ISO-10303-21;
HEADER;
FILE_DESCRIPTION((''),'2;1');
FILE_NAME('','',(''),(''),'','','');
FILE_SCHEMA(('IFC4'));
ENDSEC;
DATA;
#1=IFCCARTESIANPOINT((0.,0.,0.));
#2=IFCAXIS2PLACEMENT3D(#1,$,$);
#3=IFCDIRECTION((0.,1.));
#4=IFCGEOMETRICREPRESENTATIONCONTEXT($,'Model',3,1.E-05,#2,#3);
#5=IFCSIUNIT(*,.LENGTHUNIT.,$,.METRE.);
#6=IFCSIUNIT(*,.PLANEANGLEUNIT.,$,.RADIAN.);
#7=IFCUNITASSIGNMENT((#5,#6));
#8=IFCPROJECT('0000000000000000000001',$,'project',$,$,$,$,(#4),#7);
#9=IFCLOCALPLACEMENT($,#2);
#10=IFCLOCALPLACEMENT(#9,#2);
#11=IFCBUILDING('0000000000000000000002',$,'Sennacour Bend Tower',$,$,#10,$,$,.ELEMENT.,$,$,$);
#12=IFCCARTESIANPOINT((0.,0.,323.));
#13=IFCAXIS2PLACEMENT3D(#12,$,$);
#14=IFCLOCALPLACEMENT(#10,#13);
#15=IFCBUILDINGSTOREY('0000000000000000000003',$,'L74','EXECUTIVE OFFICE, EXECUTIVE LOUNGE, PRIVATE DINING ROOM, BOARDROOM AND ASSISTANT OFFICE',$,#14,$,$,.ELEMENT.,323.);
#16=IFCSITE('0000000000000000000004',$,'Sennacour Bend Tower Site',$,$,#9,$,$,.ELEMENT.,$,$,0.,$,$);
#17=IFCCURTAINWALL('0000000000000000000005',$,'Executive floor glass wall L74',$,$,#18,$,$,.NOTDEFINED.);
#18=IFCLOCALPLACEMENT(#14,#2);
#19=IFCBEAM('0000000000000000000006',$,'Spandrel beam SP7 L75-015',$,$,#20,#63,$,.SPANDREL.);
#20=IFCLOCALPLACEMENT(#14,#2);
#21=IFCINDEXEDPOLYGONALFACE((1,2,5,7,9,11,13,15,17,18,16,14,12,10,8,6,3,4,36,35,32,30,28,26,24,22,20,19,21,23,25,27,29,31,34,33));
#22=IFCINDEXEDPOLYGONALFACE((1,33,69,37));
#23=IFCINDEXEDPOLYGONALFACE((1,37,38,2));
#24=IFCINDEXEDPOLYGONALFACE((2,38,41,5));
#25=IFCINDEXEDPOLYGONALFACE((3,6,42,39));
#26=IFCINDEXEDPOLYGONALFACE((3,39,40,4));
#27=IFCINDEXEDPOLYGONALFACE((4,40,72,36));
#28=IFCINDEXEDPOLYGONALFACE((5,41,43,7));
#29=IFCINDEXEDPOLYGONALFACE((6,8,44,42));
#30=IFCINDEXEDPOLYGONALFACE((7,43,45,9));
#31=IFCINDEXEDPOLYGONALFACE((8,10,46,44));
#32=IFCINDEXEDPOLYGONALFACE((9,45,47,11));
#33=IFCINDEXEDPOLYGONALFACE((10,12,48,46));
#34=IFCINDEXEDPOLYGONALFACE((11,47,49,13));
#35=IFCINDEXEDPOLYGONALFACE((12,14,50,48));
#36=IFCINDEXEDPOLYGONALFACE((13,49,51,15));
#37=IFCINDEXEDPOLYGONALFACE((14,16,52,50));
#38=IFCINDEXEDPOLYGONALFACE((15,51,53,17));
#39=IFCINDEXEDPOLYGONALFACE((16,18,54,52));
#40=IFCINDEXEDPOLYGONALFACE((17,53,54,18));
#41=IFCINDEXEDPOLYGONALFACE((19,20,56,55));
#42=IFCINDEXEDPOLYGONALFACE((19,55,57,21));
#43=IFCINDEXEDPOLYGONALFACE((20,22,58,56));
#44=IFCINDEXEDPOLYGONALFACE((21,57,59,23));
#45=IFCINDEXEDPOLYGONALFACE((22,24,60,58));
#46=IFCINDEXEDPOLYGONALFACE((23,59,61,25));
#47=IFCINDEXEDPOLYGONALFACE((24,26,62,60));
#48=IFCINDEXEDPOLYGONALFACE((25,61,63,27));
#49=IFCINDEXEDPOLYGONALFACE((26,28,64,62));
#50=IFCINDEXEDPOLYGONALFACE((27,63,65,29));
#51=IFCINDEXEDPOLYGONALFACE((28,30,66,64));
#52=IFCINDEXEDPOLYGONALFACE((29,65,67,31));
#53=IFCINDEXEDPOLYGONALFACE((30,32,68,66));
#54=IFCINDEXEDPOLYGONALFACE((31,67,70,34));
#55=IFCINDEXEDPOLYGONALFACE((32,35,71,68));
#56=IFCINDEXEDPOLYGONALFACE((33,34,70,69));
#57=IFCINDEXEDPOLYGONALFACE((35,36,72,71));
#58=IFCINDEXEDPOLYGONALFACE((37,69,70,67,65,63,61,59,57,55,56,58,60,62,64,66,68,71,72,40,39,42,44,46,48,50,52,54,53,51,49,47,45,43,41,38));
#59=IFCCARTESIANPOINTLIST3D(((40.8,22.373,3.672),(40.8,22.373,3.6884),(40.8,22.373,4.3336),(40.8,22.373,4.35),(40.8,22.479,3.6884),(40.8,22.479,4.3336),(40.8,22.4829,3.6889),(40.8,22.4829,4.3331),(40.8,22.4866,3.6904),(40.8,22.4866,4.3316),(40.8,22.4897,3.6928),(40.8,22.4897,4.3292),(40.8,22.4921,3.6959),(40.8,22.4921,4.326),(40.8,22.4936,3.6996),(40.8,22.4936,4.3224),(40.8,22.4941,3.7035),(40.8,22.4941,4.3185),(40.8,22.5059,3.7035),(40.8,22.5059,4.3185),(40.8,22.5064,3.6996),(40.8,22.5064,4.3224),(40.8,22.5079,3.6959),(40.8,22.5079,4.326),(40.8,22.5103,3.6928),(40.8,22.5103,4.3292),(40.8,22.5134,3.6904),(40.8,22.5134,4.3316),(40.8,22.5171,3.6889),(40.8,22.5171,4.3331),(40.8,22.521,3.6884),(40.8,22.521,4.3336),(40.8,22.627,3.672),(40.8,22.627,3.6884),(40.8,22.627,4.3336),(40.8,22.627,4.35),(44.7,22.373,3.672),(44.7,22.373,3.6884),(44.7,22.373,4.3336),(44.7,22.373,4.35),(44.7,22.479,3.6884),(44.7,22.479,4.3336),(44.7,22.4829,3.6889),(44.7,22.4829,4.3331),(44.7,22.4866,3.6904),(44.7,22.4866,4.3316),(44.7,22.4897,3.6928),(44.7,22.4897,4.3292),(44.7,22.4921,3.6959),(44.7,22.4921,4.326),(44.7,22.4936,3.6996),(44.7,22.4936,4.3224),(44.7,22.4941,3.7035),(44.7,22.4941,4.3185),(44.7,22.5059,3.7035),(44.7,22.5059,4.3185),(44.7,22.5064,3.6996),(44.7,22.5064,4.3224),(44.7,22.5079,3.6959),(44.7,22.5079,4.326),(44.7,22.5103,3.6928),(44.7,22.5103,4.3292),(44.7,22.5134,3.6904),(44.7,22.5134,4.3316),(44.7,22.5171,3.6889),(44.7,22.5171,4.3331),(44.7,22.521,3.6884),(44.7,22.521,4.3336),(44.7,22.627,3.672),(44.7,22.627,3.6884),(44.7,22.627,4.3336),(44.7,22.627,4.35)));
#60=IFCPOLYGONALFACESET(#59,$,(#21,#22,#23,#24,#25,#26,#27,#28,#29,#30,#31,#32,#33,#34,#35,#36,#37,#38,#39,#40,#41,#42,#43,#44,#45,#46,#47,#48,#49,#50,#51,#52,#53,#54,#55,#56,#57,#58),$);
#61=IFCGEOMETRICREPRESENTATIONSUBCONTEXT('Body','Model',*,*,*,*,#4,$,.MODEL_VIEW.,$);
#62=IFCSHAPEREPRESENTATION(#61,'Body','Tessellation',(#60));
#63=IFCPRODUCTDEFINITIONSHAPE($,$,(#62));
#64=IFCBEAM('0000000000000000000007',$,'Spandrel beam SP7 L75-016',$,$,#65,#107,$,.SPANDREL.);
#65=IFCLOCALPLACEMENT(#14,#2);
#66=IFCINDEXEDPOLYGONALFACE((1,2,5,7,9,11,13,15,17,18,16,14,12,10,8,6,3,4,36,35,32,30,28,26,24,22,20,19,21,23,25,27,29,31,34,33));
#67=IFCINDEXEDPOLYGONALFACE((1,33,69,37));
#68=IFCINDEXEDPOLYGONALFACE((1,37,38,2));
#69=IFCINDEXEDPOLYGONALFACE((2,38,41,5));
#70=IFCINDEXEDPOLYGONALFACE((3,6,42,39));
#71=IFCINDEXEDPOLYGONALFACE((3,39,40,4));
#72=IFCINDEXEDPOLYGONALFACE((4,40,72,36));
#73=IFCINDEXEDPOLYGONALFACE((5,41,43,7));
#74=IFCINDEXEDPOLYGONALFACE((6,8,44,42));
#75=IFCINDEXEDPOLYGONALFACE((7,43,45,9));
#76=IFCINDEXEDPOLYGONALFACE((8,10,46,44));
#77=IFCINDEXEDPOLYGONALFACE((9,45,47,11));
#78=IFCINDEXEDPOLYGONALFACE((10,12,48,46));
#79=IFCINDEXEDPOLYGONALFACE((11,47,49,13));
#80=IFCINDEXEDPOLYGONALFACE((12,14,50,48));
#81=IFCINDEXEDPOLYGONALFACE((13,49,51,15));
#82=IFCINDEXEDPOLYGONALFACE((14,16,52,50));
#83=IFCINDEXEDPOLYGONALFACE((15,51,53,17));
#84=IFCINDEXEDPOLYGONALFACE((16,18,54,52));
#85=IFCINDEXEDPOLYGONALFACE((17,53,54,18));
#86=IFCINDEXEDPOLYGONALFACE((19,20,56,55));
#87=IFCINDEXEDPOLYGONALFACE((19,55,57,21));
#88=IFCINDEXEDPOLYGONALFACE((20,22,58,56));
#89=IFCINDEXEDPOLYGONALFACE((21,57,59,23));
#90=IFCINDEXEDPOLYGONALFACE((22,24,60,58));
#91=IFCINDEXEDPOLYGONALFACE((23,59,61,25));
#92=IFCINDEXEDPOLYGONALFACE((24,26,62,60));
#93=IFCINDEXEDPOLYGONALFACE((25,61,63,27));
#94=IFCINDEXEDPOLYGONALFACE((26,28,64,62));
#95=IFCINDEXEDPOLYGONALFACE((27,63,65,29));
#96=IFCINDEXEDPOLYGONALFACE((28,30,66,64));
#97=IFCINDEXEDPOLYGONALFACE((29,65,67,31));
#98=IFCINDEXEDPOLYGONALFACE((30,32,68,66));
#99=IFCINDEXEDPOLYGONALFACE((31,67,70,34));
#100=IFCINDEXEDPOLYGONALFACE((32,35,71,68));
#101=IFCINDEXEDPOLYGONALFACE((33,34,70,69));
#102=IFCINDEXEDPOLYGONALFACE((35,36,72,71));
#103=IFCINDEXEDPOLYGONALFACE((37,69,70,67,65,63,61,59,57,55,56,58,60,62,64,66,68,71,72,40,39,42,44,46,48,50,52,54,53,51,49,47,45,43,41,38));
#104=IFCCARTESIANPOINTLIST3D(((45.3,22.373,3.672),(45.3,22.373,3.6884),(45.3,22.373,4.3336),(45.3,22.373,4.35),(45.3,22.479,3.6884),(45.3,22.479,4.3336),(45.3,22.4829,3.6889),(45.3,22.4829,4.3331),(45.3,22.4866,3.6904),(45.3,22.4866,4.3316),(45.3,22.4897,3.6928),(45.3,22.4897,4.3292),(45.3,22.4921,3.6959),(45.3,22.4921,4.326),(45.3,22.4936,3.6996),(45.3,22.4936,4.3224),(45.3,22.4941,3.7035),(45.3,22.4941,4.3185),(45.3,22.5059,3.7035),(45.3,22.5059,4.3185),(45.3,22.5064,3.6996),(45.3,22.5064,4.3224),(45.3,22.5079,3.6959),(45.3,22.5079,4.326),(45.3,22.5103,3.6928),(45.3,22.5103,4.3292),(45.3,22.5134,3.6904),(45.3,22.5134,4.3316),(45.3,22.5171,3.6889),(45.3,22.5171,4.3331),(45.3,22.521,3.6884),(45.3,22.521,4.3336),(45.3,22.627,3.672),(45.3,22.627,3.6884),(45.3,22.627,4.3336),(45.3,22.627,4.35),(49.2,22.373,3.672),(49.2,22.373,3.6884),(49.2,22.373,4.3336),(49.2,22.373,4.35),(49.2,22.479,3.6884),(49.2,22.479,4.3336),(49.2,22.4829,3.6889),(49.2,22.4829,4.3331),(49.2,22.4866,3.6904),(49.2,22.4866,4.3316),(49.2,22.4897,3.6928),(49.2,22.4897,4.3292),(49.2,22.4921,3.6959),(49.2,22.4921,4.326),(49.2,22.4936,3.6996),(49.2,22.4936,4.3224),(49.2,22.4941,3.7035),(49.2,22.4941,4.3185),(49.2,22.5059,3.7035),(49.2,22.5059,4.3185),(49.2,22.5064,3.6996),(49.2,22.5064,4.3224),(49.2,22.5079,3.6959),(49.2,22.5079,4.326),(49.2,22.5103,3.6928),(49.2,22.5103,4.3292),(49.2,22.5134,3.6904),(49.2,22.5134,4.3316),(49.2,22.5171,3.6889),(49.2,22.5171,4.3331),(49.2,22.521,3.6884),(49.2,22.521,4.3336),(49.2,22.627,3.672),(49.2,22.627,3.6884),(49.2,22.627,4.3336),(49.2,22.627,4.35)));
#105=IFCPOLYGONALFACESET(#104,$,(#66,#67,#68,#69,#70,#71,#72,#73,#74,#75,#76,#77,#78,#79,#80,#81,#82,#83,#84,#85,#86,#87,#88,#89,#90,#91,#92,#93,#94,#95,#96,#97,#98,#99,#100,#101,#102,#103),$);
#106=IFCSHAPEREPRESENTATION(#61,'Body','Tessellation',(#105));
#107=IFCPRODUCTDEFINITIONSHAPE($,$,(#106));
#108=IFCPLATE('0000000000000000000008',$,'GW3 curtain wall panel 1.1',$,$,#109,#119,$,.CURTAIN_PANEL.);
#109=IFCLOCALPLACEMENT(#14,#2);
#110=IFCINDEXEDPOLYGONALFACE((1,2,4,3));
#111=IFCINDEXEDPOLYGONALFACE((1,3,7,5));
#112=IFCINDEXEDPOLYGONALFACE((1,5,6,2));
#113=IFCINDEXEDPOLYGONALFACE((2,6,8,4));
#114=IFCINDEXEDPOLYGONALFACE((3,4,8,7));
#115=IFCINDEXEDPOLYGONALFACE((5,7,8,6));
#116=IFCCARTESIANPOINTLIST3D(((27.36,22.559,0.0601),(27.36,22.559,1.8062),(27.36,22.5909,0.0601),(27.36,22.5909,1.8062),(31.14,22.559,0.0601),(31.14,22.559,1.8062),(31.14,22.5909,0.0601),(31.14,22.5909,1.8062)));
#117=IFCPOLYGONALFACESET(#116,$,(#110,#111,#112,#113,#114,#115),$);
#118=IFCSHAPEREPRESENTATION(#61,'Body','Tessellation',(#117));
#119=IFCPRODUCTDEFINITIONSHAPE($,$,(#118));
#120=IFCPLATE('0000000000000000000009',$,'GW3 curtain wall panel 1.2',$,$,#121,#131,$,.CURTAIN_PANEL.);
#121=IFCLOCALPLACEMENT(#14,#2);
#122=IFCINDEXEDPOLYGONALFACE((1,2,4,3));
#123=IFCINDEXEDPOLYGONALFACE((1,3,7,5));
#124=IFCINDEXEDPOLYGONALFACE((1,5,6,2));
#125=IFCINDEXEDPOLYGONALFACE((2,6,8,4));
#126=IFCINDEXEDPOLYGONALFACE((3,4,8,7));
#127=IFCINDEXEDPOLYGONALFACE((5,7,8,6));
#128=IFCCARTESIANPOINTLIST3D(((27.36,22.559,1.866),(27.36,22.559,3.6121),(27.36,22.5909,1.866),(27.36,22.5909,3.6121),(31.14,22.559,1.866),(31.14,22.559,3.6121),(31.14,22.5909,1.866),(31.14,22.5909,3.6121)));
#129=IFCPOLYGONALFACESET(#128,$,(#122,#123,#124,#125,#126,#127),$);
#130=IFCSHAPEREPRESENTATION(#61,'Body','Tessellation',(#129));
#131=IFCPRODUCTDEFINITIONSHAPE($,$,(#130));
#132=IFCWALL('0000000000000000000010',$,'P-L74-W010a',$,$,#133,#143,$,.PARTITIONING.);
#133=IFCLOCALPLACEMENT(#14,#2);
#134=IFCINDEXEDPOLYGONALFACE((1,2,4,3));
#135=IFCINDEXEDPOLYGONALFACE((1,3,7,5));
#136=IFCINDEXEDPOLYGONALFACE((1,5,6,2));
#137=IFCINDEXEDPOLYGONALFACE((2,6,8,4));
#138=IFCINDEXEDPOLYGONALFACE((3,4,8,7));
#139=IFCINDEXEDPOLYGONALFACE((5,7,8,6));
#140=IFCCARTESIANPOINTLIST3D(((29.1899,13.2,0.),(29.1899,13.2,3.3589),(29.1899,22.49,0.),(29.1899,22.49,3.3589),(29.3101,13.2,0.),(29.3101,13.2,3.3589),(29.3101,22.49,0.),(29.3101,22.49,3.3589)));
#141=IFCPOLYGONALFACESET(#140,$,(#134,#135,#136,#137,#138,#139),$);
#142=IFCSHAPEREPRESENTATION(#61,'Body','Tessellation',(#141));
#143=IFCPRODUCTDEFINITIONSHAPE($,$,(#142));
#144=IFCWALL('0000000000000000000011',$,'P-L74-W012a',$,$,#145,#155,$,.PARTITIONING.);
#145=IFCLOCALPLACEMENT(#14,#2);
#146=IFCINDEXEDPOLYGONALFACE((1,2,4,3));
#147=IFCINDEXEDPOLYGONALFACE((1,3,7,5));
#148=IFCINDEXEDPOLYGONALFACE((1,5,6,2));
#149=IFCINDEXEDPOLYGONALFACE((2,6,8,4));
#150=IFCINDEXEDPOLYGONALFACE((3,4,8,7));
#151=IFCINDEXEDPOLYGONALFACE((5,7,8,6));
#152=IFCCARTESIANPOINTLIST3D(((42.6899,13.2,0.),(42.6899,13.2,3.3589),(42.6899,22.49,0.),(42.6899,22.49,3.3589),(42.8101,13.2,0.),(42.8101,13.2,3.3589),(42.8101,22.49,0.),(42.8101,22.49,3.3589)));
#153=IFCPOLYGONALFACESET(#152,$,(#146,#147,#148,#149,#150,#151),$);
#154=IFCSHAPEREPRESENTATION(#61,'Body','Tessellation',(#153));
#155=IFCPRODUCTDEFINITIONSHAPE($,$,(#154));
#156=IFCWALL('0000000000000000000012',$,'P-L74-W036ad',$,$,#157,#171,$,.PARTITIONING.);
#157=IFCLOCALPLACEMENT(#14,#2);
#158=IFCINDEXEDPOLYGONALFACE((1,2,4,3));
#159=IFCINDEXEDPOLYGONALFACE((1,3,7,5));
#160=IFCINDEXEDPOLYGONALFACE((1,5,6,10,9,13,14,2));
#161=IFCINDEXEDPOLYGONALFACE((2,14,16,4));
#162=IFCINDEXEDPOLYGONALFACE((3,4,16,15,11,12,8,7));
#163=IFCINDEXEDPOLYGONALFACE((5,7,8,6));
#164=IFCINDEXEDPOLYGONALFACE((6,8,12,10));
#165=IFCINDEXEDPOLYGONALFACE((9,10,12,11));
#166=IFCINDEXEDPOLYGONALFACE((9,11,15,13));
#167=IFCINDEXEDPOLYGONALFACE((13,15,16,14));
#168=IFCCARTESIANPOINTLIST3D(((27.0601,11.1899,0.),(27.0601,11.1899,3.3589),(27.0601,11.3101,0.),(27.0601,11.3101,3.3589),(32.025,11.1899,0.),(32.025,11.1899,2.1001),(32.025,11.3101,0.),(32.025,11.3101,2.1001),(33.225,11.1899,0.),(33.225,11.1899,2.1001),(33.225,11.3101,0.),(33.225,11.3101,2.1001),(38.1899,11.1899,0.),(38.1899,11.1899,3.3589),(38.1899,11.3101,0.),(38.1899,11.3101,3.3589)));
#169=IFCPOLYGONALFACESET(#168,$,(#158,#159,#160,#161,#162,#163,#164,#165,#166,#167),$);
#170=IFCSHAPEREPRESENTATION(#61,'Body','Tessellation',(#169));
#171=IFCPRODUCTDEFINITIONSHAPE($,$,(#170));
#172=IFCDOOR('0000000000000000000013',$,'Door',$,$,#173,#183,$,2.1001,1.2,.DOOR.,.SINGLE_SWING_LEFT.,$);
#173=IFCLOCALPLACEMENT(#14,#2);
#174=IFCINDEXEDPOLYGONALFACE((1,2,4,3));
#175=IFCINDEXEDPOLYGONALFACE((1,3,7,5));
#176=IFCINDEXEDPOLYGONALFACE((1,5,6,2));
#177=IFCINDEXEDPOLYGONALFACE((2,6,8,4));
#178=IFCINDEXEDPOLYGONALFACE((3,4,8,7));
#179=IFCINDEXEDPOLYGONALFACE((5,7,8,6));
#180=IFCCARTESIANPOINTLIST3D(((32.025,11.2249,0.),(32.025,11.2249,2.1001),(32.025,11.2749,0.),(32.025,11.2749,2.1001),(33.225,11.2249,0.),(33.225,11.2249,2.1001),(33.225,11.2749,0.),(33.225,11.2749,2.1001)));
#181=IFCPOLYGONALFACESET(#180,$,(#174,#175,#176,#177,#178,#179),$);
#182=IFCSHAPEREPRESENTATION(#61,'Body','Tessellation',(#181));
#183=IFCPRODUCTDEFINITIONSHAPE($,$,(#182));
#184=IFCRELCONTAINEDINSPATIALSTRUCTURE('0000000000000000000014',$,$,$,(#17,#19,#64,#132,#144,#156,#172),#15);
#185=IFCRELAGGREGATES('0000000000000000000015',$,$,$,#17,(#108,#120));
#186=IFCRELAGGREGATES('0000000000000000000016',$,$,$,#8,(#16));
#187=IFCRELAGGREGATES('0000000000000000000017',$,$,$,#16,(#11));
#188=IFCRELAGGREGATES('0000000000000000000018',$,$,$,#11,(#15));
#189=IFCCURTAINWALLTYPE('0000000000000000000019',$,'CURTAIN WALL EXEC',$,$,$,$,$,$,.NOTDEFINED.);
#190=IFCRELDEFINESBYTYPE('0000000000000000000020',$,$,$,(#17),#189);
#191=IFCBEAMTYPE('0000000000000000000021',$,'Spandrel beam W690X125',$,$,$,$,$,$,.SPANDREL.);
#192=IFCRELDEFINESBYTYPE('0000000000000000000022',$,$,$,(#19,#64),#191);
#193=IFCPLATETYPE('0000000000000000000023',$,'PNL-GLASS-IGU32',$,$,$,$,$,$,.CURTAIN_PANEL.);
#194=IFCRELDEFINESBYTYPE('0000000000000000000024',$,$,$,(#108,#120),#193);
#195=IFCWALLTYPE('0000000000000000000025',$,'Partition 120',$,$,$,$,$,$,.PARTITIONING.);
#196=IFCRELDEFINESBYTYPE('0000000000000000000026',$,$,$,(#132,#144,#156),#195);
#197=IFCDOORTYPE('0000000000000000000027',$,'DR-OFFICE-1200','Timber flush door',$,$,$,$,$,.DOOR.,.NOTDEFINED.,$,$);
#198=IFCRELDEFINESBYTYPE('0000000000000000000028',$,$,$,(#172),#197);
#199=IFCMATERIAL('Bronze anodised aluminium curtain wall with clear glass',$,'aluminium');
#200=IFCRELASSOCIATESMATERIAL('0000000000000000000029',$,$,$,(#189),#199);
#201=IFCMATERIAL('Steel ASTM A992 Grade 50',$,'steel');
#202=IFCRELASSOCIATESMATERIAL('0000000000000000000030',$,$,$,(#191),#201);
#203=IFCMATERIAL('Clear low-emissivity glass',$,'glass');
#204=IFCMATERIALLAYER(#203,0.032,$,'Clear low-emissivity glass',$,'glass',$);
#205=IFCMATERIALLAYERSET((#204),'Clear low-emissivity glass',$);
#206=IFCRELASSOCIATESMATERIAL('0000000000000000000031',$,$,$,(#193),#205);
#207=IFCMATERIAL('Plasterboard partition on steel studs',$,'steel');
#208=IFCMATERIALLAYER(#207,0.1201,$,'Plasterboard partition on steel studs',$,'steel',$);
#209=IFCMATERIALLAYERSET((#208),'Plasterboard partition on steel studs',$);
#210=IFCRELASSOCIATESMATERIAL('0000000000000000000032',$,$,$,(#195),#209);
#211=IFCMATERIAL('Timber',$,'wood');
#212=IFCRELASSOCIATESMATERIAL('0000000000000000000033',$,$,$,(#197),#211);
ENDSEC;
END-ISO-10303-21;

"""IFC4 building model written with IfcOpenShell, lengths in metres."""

from ifc_helpers import new_model, si_unit, direction, frame, frame_2d, origin, origin_2d, place, context, subcontext, project, spatial, rectangle, i_section, extrude, material, layer, layer_set, material_profile, profile_set, type_object, element, fill, aggregate, save


model = new_model("IFC4")

# Units and contexts
model_context = context("Model", 3, precision=1e-05, world=origin(), true_north=direction((0.0, 1.0)))
body_context = subcontext(model_context, "Body", "Model", "MODEL_VIEW")
ifc_project = project(units=[si_unit("LENGTHUNIT", "METRE"), si_unit("PLANEANGLEUNIT", "RADIAN")], contexts=[model_context])

# Site, building, storey
site_placement = place(None, origin())
site = spatial("IfcSite", under=ifc_project, at=site_placement, Name="Sennacour Bend Tower Site", CompositionType="ELEMENT", RefElevation=0.0)
building_placement = place(site_placement, origin())
building = spatial("IfcBuilding", under=site, at=building_placement, Name="Sennacour Bend Tower", CompositionType="ELEMENT")
storey_placement = place(building_placement, frame((0.0, 0.0, 323.0)))
storey = spatial("IfcBuildingStorey", under=building, at=storey_placement, Name="L74", Description="EXECUTIVE OFFICE, EXECUTIVE LOUNGE, PRIVATE DINING ROOM, BOARDROOM AND ASSISTANT OFFICE", CompositionType="ELEMENT", Elevation=323.0)

# Curtain wall
ifc_material_1 = material(Name="Bronze anodised aluminium curtain wall with clear glass", Category="aluminium")
curtain_wall_type = type_object("IfcCurtainWallType", Name="CURTAIN WALL EXEC", PredefinedType="NOTDEFINED", material=ifc_material_1)
curtain_wall_placement = place(storey_placement, origin())
curtain_wall = element("IfcCurtainWall", 1, at=curtain_wall_placement, inside=storey, type_object=curtain_wall_type, Name="Executive floor glass wall L74", PredefinedType="NOTDEFINED")

# Beams
ifc_material_2 = material(Name="Steel ASTM A992 Grade 50", Category="steel")
ifc_material_profile_1 = material_profile(ifc_material_2, i_section(OverallWidth=0.2539, OverallDepth=0.678, WebThickness=0.0117, FlangeThickness=0.0164, FilletRadius=0.0151, at=origin_2d()), Name="Steel ASTM A992 Grade 50", Category="steel")
ifc_profile_set_1 = profile_set([ifc_material_profile_1], Name="Steel ASTM A992 Grade 50")
beam_type_1 = type_object("IfcBeamType", Name="Spandrel beam W690X125", PredefinedType="SPANDREL", material=ifc_profile_set_1)
for number, where, z_axis, x_axis, name in (
    (2, (40.8, 22.5, 4.011), (1.0, 0.0, 0.0), (0.0, 1.0, 0.0), "Spandrel beam SP7 L75-015"),
    (3, (45.3, 22.5, 4.011), (1.0, 0.0, 0.0), (0.0, 1.0, 0.0), "Spandrel beam SP7 L75-016"),
):
    element("IfcBeam", number, at=place(storey_placement, frame(where, z_axis=z_axis, x_axis=x_axis)), inside=storey, type_object=beam_type_1, Name=name, PredefinedType="SPANDREL", context=body_context, shape_type="SweptSolid", body=[
        extrude(i_section(OverallWidth=0.2539, OverallDepth=0.678, WebThickness=0.0117, FlangeThickness=0.0164, FilletRadius=0.0151, at=origin_2d()), origin(), (0.0, 0.0, 1.0), 3.8999),
    ])

# Plates
ifc_material_3 = material(Name="Clear low-emissivity glass", Category="glass")
ifc_layer_1 = layer(ifc_material_3, 0.032, Name="Clear low-emissivity glass", Category="glass")
ifc_layer_set_1 = layer_set([ifc_layer_1], Name="Clear low-emissivity glass")
plate_type = type_object("IfcPlateType", Name="PNL-GLASS-IGU32", PredefinedType="CURTAIN_PANEL", material=ifc_layer_set_1)
plate_1_placement = place(storey_placement, frame((29.25, 22.575, 0.0601), z_axis=(0.0, 0.0, 1.0), x_axis=(-1.0, 0.0, 0.0)))
plate_1 = element("IfcPlate", 4, at=plate_1_placement, type_object=plate_type, Name="GW3 curtain wall panel 1.1", PredefinedType="CURTAIN_PANEL", context=body_context, shape_type="SweptSolid", body=[
    extrude(rectangle(XDim=3.78, YDim=0.032, at=origin_2d()), origin(), (0.0, 0.0, 1.0), 1.7461),
])
plate_2_placement = place(storey_placement, frame((29.25, 22.575, 1.866), z_axis=(0.0, 0.0, 1.0), x_axis=(-1.0, 0.0, 0.0)))
plate_2 = element("IfcPlate", 5, at=plate_2_placement, type_object=plate_type, Name="GW3 curtain wall panel 1.2", PredefinedType="CURTAIN_PANEL", context=body_context, shape_type="SweptSolid", body=[
    extrude(rectangle(XDim=3.78, YDim=0.032, at=origin_2d()), origin(), (0.0, 0.0, 1.0), 1.7461),
])
aggregate(curtain_wall, [plate_1, plate_2])

# Walls
ifc_material_4 = material(Name="Plasterboard partition on steel studs", Category="steel")
ifc_layer_2 = layer(ifc_material_4, 0.1201, Name="Plasterboard partition on steel studs", Category="steel")
ifc_layer_set_2 = layer_set([ifc_layer_2], Name="Plasterboard partition on steel studs")
wall_type = type_object("IfcWallType", Name="Partition 120", PredefinedType="PARTITIONING", material=ifc_layer_set_2)
for number, where, z_axis, x_axis, name in (
    (6, (29.25, 13.2, 0.0), (0.0, 0.0, 1.0), (0.0, 1.0, 0.0), "P-L74-W010a"),
    (7, (42.75, 13.2, 0.0), (0.0, 0.0, 1.0), (0.0, 1.0, 0.0), "P-L74-W012a"),
):
    element("IfcWall", number, at=place(storey_placement, frame(where, z_axis=z_axis, x_axis=x_axis)), inside=storey, type_object=wall_type, Name=name, PredefinedType="PARTITIONING", context=body_context, shape_type="SweptSolid", body=[
        extrude(rectangle(XDim=9.29, YDim=0.1201, at=frame_2d((4.645, 0.0))), origin(), (0.0, 0.0, 1.0), 3.3589),
    ])

# Wall, opening, door
wall_1_placement = place(storey_placement, frame((27.0601, 11.25, 0.0), z_axis=(0.0, 0.0, 1.0), x_axis=(1.0, 0.0, 0.0)))
wall_1 = element("IfcWall", 8, at=wall_1_placement, inside=storey, type_object=wall_type, Name="P-L74-W036ad", PredefinedType="PARTITIONING", context=body_context, shape_type="SweptSolid", body=[
    extrude(rectangle(XDim=11.1299, YDim=0.1201, at=frame_2d((5.5649, 0.0))), origin(), (0.0, 0.0, 1.0), 3.3589),
])
opening_1_placement = place(wall_1_placement, frame((4.9648, 0.0, 0.0)))
opening_1 = element("IfcOpeningElement", 9, at=opening_1_placement, cuts=wall_1, PredefinedType="OPENING", context=body_context, shape_type="SweptSolid", body=[
    extrude(rectangle(XDim=1.2, YDim=2.1001, at=frame_2d((0.6001, 1.05))), frame((0.0, 0.0701, 0.0), z_axis=(0.0, -1.0, 0.0), x_axis=(1.0, 0.0, 0.0)), (0.0, 0.0, 1.0), 0.1401),
])
ifc_material_5 = material(Name="Timber", Category="wood")
door_type_1 = type_object("IfcDoorType", Name="DR-OFFICE-1200", Description="Timber flush door", OperationType="NOTDEFINED", PredefinedType="DOOR", material=ifc_material_5)
door_1_placement = place(opening_1_placement, origin())
door_1 = element("IfcDoor", 10, at=door_1_placement, inside=storey, type_object=door_type_1, Name="Door", OperationType="SINGLE_SWING_LEFT", OverallHeight=2.1001, OverallWidth=1.2, PredefinedType="DOOR", context=body_context, shape_type="SweptSolid", body=[
    extrude(rectangle(XDim=1.2, YDim=2.1001, at=frame_2d((0.6001, 1.05))), frame((0.0, 0.0249, 0.0), z_axis=(0.0, -1.0, 0.0), x_axis=(1.0, 0.0, 0.0)), (0.0, 0.0, 1.0), 0.05),
])
fill(opening_1, door_1)

save(model, "model.ifc")
